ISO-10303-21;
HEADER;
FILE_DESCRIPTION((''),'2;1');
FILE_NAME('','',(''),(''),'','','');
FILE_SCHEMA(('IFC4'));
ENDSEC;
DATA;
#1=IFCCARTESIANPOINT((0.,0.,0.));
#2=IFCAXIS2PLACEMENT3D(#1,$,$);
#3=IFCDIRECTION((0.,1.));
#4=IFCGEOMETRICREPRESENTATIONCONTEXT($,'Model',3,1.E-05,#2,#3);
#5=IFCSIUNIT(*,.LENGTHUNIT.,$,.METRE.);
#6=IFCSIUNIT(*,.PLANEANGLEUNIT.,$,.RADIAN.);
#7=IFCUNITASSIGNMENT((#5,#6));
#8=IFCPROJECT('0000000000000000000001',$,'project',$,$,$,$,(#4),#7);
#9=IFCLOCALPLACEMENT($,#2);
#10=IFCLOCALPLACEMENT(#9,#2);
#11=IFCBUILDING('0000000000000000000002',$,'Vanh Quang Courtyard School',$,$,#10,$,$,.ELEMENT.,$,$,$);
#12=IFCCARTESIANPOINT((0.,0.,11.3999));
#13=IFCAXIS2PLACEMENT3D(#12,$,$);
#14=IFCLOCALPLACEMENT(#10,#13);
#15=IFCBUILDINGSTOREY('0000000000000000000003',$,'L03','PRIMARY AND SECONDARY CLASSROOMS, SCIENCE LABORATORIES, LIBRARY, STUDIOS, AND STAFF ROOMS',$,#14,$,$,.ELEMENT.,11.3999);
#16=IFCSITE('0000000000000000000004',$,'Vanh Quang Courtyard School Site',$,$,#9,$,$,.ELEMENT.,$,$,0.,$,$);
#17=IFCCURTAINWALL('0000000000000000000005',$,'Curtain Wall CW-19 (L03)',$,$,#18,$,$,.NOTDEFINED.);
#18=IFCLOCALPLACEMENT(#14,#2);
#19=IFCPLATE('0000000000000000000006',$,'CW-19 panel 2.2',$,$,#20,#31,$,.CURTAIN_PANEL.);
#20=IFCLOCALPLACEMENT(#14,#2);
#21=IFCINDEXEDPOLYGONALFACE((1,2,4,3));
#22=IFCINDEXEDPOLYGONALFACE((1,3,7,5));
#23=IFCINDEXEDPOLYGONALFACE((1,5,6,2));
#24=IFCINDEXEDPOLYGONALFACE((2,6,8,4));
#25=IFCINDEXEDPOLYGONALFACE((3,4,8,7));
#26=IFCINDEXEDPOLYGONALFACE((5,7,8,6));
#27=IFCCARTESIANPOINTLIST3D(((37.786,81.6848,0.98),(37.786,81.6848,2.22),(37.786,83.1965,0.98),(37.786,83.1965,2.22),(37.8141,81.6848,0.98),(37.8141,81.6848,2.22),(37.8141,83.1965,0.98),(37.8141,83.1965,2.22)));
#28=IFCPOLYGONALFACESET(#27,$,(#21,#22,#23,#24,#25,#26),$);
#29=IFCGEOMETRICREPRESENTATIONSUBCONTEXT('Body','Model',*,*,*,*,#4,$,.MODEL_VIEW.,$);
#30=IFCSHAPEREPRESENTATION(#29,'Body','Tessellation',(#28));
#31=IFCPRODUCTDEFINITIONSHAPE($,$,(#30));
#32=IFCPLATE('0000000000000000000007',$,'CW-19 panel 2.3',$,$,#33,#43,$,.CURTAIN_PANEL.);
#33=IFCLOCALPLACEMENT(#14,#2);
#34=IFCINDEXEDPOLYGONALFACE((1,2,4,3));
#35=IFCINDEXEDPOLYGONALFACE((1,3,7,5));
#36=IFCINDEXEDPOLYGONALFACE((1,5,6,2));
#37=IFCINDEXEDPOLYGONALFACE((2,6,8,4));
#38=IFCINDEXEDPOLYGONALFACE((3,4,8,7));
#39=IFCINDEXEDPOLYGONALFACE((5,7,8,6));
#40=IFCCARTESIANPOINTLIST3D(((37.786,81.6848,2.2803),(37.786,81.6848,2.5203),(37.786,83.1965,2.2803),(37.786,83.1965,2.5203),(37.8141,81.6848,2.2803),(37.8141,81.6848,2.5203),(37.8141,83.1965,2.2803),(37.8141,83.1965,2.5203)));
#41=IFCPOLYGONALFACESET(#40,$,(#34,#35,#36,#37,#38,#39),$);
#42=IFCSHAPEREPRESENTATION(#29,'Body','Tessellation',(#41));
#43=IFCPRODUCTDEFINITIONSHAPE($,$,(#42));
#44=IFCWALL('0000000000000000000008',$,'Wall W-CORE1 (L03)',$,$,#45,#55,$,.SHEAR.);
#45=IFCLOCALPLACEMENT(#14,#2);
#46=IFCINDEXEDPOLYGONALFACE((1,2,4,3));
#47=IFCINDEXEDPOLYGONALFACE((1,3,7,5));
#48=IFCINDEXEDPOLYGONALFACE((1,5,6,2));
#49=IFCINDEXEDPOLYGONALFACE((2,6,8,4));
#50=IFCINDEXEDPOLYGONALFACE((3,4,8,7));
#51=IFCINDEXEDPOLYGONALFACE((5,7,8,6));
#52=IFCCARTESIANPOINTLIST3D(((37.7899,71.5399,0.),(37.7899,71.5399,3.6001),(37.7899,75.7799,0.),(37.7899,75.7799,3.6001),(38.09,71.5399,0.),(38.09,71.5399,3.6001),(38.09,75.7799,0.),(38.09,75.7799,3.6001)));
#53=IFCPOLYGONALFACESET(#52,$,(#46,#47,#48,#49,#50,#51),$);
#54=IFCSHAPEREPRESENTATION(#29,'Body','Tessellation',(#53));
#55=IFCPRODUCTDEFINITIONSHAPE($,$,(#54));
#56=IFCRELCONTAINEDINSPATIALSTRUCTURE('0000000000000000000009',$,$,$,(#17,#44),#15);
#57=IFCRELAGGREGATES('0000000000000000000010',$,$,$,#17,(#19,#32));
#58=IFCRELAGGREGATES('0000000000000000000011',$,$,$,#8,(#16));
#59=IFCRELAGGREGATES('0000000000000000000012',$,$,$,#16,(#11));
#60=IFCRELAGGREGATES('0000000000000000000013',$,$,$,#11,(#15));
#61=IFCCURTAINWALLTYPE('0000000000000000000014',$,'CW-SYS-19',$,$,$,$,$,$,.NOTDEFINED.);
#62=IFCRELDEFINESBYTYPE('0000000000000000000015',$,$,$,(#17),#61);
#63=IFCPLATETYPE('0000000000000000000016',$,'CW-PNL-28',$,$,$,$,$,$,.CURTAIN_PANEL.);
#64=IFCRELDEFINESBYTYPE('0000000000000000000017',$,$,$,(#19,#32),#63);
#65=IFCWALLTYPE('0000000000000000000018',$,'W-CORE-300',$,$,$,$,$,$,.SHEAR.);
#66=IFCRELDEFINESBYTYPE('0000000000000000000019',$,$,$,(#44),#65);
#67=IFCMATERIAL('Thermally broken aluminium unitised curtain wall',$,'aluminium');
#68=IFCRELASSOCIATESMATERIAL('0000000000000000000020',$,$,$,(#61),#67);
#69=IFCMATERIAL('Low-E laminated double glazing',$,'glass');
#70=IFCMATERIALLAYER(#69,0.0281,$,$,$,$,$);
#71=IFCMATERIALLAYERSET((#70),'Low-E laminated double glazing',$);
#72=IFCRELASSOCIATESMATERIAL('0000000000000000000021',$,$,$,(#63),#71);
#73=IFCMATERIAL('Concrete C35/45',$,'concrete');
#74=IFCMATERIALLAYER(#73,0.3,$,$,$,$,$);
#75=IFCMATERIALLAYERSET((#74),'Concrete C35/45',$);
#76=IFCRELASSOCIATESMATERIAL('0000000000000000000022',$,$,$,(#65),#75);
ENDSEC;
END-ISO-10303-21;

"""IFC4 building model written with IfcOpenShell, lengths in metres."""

from ifc_helpers import new_model, si_unit, direction, frame, frame_2d, origin, origin_2d, place, context, subcontext, project, spatial, rectangle, extrude, material, layer, layer_set, type_object, element, aggregate, save


model = new_model("IFC4")

# Units and contexts
model_context = context("Model", 3, precision=1e-05, world=origin(), true_north=direction((0.0, 1.0)))
body_context = subcontext(model_context, "Body", "Model", "MODEL_VIEW")
ifc_project = project(units=[si_unit("LENGTHUNIT", "METRE"), si_unit("PLANEANGLEUNIT", "RADIAN")], contexts=[model_context])

# Site, building, storey
site_placement = place(None, origin())
site = spatial("IfcSite", under=ifc_project, at=site_placement, Name="Vanh Quang Courtyard School Site", CompositionType="ELEMENT", RefElevation=0.0)
building_placement = place(site_placement, origin())
building = spatial("IfcBuilding", under=site, at=building_placement, Name="Vanh Quang Courtyard School", CompositionType="ELEMENT")
storey_placement = place(building_placement, frame((0.0, 0.0, 11.3999)))
storey = spatial("IfcBuildingStorey", under=building, at=storey_placement, Name="L03", Description="PRIMARY AND SECONDARY CLASSROOMS, SCIENCE LABORATORIES, LIBRARY, STUDIOS, AND STAFF ROOMS", CompositionType="ELEMENT", Elevation=11.3999)

# Shared definitions
ifc_material_1 = material(Name="Concrete C35/45", Category="concrete")

# Curtain wall
ifc_material_2 = material(Name="Thermally broken aluminium unitised curtain wall", Category="aluminium")
curtain_wall_type = type_object("IfcCurtainWallType", Name="CW-SYS-19", PredefinedType="NOTDEFINED", material=ifc_material_2)
curtain_wall_placement = place(storey_placement, origin())
curtain_wall = element("IfcCurtainWall", 1, at=curtain_wall_placement, inside=storey, type_object=curtain_wall_type, Name="Curtain Wall CW-19 (L03)", PredefinedType="NOTDEFINED")

# Plates
ifc_material_3 = material(Name="Low-E laminated double glazing", Category="glass")
ifc_layer_1 = layer(ifc_material_3, 0.0281)
ifc_layer_set_1 = layer_set([ifc_layer_1], Name="Low-E laminated double glazing")
plate_type = type_object("IfcPlateType", Name="CW-PNL-28", PredefinedType="CURTAIN_PANEL", material=ifc_layer_set_1)
plate_1_placement = place(storey_placement, frame((37.8, 82.4407, 0.98), z_axis=(0.0, 0.0, 1.0), x_axis=(0.0, 1.0, 0.0)))
plate_1 = element("IfcPlate", 2, at=plate_1_placement, type_object=plate_type, Name="CW-19 panel 2.2", PredefinedType="CURTAIN_PANEL", context=body_context, shape_type="SweptSolid", body=[
    extrude(rectangle(XDim=1.5117, YDim=0.0281, at=origin_2d()), origin(), (0.0, 0.0, 1.0), 1.24),
])
plate_2_placement = place(storey_placement, frame((37.8, 82.4407, 2.2803), z_axis=(0.0, 0.0, 1.0), x_axis=(0.0, 1.0, 0.0)))
plate_2 = element("IfcPlate", 3, at=plate_2_placement, type_object=plate_type, Name="CW-19 panel 2.3", PredefinedType="CURTAIN_PANEL", context=body_context, shape_type="SweptSolid", body=[
    extrude(rectangle(XDim=1.5117, YDim=0.0281, at=origin_2d()), origin(), (0.0, 0.0, 1.0), 0.24),
])
aggregate(curtain_wall, [plate_1, plate_2])

# Wall
ifc_layer_2 = layer(ifc_material_1, 0.3)
ifc_layer_set_2 = layer_set([ifc_layer_2], Name="Concrete C35/45")
wall_type = type_object("IfcWallType", Name="W-CORE-300", PredefinedType="SHEAR", material=ifc_layer_set_2)
wall_placement = place(storey_placement, frame((37.9399, 75.78, 0.0), z_axis=(0.0, 0.0, 1.0), x_axis=(0.0, -1.0, 0.0)))
element("IfcWall", 4, at=wall_placement, inside=storey, type_object=wall_type, Name="Wall W-CORE1 (L03)", PredefinedType="SHEAR", context=body_context, shape_type="SweptSolid", body=[
    extrude(rectangle(XDim=4.24, YDim=0.3, at=frame_2d((2.1201, 0.0))), origin(), (0.0, 0.0, 1.0), 3.6001),
])

save(model, "model.ifc")
